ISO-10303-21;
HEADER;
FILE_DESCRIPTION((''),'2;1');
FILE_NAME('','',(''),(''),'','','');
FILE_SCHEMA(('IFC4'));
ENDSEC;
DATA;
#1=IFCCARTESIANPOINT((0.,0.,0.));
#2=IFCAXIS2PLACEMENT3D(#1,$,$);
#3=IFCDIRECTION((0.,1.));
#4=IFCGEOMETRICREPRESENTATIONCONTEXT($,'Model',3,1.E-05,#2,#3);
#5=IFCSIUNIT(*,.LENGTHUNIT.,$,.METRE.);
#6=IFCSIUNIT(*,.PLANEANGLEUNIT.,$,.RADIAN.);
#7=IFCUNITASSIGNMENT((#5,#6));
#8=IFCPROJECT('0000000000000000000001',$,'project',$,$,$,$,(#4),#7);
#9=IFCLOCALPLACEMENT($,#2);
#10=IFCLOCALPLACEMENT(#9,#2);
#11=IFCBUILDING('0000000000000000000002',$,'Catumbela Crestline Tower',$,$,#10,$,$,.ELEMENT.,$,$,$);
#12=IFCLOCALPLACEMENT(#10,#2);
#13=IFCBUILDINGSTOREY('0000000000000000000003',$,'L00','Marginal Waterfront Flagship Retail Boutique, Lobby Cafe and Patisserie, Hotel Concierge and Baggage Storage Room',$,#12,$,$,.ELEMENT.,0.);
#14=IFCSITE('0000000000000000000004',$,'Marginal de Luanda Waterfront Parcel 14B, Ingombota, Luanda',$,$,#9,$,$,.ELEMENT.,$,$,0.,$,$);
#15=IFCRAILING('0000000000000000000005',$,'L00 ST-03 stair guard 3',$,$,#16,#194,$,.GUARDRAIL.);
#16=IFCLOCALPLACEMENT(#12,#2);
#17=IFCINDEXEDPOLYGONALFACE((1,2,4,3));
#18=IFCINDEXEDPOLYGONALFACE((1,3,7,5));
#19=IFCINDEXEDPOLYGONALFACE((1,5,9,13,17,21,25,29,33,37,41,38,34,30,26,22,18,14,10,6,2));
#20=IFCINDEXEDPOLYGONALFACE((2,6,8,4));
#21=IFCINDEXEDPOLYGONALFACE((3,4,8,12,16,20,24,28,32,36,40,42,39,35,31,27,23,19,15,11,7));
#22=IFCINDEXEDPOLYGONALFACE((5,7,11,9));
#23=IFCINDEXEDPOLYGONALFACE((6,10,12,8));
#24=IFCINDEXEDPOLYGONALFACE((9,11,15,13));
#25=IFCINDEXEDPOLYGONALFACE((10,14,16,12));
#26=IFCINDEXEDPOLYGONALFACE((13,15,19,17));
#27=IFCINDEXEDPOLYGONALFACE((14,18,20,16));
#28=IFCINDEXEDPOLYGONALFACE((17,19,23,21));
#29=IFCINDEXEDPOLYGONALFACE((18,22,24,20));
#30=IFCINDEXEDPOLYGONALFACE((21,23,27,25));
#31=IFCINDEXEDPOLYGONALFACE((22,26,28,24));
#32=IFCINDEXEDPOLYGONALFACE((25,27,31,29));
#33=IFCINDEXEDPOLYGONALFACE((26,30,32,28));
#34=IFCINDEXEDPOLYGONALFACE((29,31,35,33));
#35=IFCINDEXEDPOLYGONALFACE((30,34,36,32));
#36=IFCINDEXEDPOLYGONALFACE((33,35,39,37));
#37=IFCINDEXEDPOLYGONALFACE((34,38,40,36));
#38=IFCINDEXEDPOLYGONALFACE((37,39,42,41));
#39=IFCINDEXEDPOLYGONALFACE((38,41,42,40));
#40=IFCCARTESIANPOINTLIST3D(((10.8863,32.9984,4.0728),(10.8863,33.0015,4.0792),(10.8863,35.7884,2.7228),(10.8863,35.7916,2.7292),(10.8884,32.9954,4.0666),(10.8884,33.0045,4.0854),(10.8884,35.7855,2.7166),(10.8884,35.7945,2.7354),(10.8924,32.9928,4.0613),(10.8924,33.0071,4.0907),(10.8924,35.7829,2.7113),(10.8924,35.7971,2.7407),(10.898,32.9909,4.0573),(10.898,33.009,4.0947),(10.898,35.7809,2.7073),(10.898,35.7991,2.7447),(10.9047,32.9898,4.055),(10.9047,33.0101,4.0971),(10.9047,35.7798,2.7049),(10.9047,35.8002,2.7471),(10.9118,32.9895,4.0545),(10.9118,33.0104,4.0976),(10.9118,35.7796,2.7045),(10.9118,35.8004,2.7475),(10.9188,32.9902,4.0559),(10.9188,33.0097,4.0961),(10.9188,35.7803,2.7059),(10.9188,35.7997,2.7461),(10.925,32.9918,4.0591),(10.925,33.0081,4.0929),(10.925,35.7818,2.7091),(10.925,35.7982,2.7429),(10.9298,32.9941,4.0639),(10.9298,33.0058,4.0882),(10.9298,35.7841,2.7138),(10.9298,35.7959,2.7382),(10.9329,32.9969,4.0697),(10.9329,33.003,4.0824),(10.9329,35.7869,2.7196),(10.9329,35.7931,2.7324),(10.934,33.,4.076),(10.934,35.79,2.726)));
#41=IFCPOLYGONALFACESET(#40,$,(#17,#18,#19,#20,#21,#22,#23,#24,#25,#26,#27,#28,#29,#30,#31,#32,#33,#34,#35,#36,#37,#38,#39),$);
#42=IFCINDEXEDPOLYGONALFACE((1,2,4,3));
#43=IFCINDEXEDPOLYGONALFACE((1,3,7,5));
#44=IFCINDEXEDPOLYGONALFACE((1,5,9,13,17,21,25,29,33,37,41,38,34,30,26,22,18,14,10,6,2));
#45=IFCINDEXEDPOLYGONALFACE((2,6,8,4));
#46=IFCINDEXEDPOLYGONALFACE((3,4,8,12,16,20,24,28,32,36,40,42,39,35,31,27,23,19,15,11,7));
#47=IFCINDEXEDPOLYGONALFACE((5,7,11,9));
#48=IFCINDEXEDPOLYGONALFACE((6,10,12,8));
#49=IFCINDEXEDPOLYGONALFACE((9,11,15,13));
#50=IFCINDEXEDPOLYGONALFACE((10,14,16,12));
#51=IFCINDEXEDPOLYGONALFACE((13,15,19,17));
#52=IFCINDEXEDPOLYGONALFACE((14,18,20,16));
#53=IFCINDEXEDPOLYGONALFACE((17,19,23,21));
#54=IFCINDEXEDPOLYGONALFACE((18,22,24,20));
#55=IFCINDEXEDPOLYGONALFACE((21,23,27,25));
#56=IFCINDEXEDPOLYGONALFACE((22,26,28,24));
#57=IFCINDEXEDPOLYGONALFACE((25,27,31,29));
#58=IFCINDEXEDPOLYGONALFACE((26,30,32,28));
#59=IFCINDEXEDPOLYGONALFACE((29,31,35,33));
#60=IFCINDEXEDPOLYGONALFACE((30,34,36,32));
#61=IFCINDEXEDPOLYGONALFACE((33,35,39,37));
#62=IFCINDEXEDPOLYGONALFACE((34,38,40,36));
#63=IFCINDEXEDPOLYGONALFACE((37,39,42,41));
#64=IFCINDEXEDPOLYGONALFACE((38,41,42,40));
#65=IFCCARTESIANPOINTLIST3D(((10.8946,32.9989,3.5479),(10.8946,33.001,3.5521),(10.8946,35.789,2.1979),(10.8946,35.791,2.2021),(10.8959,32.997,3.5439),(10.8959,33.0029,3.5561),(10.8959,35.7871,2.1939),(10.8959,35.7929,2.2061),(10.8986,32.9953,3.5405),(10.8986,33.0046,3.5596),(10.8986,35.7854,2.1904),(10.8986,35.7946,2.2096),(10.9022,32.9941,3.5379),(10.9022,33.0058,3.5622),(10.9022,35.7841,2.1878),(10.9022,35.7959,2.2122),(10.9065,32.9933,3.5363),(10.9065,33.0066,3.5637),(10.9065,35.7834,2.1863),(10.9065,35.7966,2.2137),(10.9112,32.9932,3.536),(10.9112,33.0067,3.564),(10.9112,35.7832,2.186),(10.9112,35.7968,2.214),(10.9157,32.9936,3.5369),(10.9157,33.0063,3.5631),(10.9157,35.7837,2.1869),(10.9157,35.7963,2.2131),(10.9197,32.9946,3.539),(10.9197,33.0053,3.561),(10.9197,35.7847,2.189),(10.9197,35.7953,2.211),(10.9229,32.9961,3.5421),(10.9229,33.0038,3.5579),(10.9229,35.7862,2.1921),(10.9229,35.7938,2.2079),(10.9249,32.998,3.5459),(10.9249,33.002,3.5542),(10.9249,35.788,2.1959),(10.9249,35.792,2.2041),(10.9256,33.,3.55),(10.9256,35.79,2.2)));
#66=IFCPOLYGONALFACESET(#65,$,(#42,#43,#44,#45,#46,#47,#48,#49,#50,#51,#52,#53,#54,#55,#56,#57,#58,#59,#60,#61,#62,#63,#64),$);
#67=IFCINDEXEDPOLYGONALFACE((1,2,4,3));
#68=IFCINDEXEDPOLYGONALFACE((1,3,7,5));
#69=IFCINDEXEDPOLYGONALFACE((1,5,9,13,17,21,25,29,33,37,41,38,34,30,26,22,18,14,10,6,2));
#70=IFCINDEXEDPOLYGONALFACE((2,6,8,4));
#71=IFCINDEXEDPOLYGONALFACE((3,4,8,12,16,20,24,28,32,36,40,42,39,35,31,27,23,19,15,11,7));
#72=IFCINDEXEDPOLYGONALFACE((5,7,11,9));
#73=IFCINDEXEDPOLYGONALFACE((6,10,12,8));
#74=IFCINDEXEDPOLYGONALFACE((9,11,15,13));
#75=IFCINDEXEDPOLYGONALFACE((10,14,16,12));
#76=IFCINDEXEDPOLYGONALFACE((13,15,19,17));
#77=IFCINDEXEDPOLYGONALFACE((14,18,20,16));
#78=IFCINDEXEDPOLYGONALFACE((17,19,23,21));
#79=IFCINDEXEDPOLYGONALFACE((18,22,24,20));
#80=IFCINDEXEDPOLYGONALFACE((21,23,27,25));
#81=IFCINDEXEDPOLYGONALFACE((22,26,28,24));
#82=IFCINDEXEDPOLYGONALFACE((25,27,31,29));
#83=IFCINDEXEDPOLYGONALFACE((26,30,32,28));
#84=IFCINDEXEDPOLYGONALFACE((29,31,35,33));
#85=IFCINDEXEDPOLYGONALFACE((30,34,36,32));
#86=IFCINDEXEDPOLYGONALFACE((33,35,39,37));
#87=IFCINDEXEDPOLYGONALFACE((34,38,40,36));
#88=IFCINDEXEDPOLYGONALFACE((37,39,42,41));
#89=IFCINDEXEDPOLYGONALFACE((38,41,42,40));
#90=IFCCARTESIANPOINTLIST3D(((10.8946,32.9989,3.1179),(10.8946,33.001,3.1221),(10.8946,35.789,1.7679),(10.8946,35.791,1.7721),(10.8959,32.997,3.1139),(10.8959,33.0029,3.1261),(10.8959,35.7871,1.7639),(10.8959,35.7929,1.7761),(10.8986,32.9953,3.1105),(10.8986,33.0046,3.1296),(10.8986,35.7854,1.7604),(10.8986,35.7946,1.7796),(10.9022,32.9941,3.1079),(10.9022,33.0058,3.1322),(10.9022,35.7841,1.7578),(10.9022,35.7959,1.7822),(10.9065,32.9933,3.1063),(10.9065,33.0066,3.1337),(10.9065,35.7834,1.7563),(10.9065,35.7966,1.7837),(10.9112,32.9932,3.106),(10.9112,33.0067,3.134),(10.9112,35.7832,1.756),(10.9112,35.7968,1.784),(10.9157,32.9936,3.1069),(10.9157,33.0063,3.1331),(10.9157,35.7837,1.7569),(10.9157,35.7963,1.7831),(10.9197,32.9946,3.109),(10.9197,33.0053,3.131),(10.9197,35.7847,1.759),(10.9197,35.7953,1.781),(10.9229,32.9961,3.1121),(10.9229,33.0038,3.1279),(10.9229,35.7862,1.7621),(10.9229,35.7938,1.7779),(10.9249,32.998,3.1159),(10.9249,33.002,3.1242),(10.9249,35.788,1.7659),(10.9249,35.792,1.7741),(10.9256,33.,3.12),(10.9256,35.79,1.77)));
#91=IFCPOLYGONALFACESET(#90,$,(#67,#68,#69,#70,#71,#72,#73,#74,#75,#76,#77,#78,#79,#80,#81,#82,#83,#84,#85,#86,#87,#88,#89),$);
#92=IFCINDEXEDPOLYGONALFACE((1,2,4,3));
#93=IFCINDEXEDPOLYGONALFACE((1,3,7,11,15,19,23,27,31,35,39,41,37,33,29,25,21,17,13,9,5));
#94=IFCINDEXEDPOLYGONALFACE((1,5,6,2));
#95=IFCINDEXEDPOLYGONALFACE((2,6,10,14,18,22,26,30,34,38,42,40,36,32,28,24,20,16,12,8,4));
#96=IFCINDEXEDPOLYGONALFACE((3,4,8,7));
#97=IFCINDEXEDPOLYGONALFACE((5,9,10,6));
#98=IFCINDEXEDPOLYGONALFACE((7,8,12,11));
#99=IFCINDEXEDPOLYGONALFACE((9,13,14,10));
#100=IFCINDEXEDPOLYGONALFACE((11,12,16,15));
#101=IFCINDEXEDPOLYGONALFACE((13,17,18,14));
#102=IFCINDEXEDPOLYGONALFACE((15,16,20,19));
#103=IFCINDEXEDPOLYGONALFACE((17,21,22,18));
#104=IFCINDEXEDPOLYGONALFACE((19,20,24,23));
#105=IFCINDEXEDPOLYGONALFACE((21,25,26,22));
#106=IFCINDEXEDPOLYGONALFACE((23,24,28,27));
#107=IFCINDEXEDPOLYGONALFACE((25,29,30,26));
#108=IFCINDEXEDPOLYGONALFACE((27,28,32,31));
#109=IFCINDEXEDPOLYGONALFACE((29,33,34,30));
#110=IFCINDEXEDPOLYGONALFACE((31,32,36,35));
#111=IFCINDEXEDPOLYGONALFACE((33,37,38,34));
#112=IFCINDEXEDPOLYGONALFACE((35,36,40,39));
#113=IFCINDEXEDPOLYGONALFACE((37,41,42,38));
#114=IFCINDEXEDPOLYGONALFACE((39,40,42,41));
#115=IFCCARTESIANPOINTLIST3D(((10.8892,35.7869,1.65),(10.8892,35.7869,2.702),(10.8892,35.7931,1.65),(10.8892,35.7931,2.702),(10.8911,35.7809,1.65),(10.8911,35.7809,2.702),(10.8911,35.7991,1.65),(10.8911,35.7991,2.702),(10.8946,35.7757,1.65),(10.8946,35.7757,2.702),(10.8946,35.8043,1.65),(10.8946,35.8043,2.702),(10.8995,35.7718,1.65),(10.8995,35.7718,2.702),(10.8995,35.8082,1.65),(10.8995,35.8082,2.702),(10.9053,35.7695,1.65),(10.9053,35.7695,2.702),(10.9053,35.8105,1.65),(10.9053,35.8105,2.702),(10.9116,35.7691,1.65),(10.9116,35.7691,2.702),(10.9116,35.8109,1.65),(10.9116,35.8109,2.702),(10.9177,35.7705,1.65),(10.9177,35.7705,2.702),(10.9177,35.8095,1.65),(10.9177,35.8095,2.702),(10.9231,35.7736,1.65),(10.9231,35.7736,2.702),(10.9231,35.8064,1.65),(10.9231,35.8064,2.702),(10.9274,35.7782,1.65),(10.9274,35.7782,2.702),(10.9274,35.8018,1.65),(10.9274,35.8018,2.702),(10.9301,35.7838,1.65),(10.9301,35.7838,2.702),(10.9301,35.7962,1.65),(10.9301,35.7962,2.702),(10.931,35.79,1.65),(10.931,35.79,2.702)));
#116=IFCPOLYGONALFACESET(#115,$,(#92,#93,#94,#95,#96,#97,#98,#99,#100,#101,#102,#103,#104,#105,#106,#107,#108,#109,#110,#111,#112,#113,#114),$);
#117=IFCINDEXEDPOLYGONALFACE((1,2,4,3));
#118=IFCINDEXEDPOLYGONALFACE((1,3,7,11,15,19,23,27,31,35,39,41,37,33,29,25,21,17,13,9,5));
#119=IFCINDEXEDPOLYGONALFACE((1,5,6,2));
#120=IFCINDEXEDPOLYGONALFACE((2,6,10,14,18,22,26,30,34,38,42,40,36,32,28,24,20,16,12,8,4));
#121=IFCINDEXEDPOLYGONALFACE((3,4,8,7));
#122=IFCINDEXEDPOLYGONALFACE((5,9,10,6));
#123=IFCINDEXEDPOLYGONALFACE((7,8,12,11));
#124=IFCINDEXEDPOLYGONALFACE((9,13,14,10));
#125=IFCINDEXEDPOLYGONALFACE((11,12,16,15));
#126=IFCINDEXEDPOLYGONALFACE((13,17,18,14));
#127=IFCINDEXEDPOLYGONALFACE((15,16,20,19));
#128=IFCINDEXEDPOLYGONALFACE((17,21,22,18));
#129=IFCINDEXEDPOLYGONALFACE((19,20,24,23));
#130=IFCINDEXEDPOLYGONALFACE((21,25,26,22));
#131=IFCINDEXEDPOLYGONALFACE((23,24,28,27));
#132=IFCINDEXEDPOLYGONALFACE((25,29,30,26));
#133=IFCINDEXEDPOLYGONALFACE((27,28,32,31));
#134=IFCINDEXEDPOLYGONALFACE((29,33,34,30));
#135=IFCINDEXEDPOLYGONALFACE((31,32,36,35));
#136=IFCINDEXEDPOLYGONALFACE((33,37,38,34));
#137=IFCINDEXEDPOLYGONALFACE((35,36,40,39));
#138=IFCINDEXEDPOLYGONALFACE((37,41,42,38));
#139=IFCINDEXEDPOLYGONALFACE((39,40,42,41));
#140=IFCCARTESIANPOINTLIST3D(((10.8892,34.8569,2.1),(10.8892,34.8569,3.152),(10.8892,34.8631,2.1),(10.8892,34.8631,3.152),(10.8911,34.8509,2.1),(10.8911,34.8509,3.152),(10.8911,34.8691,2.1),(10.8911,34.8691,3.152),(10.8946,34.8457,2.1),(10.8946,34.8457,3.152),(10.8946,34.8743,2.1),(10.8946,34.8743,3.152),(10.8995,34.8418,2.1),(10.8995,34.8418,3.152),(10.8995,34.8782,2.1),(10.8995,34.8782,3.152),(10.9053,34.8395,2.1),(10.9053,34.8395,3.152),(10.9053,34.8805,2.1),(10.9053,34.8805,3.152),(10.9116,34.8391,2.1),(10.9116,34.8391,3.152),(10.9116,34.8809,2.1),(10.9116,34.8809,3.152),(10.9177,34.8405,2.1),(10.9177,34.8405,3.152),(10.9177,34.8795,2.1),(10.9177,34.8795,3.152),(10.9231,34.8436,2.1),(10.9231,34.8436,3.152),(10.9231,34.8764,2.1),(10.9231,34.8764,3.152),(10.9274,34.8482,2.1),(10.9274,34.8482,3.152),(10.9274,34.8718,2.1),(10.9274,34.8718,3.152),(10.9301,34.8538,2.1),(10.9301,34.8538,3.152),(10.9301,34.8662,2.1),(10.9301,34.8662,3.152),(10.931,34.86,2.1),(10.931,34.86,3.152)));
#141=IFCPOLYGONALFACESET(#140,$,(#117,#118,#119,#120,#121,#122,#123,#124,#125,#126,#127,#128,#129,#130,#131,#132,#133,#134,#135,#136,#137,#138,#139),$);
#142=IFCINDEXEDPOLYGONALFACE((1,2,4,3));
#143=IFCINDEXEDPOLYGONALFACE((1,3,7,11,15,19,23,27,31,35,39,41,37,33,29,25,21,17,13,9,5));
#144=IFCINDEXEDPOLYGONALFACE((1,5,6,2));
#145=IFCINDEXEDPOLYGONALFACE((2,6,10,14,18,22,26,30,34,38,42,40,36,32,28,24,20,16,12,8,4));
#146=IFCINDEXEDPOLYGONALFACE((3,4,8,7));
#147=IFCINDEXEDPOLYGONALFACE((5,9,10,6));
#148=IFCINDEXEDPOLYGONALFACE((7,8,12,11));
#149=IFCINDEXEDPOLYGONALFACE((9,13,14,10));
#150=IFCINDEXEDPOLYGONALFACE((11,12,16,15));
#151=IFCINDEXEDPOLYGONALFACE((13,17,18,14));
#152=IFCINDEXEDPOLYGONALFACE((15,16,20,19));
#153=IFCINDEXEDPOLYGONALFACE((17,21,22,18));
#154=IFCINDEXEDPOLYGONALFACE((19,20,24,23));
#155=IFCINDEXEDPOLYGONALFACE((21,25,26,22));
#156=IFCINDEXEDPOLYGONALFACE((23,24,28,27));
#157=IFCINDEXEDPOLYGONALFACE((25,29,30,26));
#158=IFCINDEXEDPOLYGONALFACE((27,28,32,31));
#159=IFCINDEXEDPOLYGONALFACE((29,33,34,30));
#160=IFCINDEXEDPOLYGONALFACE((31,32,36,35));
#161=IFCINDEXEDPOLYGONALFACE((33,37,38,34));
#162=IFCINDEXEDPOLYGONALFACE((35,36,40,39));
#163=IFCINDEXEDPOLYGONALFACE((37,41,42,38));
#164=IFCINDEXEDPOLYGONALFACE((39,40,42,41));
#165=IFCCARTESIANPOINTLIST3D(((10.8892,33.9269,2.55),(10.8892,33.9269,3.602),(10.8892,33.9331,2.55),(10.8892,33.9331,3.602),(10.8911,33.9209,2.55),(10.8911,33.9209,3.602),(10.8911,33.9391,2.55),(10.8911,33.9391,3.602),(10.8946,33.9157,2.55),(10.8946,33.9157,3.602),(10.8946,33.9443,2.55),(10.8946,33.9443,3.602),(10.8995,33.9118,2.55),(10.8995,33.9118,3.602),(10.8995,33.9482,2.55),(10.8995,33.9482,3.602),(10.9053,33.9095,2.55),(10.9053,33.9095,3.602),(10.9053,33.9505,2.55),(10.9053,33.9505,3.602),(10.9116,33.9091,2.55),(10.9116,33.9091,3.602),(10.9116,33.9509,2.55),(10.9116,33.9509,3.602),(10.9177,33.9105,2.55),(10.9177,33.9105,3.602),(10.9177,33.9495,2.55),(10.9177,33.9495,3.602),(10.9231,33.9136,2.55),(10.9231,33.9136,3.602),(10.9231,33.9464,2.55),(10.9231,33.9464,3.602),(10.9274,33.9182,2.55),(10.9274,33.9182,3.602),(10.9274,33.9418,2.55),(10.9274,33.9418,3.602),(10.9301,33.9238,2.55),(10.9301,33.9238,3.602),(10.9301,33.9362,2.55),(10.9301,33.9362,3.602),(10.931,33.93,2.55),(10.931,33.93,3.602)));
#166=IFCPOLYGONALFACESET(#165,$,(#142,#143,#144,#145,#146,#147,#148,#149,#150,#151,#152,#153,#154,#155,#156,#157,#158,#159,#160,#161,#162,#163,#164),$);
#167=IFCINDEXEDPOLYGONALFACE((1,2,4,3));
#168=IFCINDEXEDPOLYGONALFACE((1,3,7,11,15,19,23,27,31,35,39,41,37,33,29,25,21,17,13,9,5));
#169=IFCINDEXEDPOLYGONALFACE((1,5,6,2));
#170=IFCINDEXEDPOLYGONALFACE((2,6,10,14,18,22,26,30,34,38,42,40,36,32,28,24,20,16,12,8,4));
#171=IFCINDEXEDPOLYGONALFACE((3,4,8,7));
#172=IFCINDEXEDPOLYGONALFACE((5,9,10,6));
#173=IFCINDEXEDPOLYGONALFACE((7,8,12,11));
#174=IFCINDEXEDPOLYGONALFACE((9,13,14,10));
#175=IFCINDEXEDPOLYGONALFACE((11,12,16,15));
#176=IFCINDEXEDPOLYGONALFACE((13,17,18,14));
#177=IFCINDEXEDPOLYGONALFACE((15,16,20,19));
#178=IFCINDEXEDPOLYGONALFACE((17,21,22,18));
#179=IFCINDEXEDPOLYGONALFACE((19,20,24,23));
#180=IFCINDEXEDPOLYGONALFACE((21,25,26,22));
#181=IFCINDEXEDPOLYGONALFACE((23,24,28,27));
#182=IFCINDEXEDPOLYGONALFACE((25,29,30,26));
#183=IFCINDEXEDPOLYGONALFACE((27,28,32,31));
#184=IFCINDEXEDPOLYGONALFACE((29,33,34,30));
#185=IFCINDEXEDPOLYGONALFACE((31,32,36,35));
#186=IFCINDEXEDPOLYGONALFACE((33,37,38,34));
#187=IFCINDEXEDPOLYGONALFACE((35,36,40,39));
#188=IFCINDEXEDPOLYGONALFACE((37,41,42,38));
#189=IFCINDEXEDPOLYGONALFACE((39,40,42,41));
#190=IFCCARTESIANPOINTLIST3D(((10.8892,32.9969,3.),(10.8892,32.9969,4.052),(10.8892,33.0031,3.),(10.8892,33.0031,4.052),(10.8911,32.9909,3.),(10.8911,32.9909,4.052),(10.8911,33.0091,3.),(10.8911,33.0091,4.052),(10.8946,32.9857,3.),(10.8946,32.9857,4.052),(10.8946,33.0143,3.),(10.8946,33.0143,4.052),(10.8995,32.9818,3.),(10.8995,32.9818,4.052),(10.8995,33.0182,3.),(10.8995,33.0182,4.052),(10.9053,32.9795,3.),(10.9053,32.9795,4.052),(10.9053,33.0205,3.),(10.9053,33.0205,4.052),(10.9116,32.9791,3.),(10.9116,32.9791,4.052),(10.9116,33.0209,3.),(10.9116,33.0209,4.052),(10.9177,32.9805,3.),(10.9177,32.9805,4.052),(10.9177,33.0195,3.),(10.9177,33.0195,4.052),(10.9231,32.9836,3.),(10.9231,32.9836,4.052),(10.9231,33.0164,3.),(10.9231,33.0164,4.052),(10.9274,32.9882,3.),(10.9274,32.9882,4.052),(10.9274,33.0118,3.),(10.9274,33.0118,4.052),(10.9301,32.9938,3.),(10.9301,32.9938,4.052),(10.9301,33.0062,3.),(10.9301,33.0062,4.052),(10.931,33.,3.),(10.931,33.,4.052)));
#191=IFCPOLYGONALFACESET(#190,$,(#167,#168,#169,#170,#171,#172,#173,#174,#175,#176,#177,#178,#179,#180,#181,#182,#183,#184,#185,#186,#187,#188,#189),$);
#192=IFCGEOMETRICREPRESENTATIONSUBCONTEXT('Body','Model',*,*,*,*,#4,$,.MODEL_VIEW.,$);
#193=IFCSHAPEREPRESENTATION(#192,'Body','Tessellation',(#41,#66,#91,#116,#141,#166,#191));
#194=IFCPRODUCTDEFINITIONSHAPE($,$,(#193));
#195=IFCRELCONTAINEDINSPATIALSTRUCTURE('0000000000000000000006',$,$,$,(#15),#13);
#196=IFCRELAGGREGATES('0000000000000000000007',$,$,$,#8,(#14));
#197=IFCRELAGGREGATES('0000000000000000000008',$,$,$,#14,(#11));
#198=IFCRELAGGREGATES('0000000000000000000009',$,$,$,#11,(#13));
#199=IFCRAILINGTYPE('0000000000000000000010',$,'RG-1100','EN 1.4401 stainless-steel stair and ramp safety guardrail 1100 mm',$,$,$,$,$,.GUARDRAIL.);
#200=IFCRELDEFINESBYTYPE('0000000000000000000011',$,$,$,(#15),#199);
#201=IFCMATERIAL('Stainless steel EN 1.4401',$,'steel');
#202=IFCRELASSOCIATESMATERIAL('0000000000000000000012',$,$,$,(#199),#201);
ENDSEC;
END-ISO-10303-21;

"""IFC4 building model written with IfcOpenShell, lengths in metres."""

from ifc_helpers import new_model, si_unit, direction, frame, origin, origin_2d, place, context, subcontext, project, spatial, circle, extrude, material, type_object, element, save


model = new_model("IFC4")

# Units and contexts
model_context = context("Model", 3, precision=1e-05, world=origin(), true_north=direction((0.0, 1.0)))
body_context = subcontext(model_context, "Body", "Model", "MODEL_VIEW")
ifc_project = project(units=[si_unit("LENGTHUNIT", "METRE"), si_unit("PLANEANGLEUNIT", "RADIAN")], contexts=[model_context])

# Site, building, storey
site_placement = place(None, origin())
site = spatial("IfcSite", under=ifc_project, at=site_placement, Name="Marginal de Luanda Waterfront Parcel 14B, Ingombota, Luanda", CompositionType="ELEMENT", RefElevation=0.0)
building_placement = place(site_placement, origin())
building = spatial("IfcBuilding", under=site, at=building_placement, Name="Catumbela Crestline Tower", CompositionType="ELEMENT")
storey_placement = place(building_placement, origin())
storey = spatial("IfcBuildingStorey", under=building, at=storey_placement, Name="L00", Description="Marginal Waterfront Flagship Retail Boutique, Lobby Cafe and Patisserie, Hotel Concierge and Baggage Storage Room", CompositionType="ELEMENT", Elevation=0.0)

# Railing
ifc_material_1 = material(Name="Stainless steel EN 1.4401", Category="steel")
railing_type = type_object("IfcRailingType", Name="RG-1100", Description="EN 1.4401 stainless-steel stair and ramp safety guardrail 1100 mm", PredefinedType="GUARDRAIL", material=ifc_material_1)
for number, where, name in (
    (1, (10.91, 35.79, 1.65), "L00 ST-03 stair guard 3"),
):
    element("IfcRailing", number, at=place(storey_placement, frame(where)), inside=storey, type_object=railing_type, Name=name, PredefinedType="GUARDRAIL", context=body_context, shape_type="SweptSolid", body=[
        extrude(circle(Radius=0.024, at=origin_2d()), frame((0.0, 0.0, 1.076), z_axis=(0.0, -0.900159, 0.435561), x_axis=(1.0, 0.0, 0.0)), (0.0, 0.0, 1.0), 3.0995),
        extrude(circle(Radius=0.0156, at=origin_2d()), frame((0.0, 0.0, 0.55), z_axis=(0.0, -0.900159, 0.435561), x_axis=(1.0, 0.0, 0.0)), (0.0, 0.0, 1.0), 3.0995),
        extrude(circle(Radius=0.0156, at=origin_2d()), frame((0.0, 0.0, 0.12), z_axis=(0.0, -0.900159, 0.435561), x_axis=(1.0, 0.0, 0.0)), (0.0, 0.0, 1.0), 3.0995),
        extrude(circle(Radius=0.021, at=origin_2d()), origin(), (0.0, 0.0, 1.0), 1.052),
        extrude(circle(Radius=0.021, at=origin_2d()), frame((0.0, -0.93, 0.45)), (0.0, 0.0, 1.0), 1.052),
        extrude(circle(Radius=0.021, at=origin_2d()), frame((0.0, -1.86, 0.9)), (0.0, 0.0, 1.0), 1.052),
        extrude(circle(Radius=0.021, at=origin_2d()), frame((0.0, -2.79, 1.35)), (0.0, 0.0, 1.0), 1.052),
    ])

save(model, "model.ifc")
